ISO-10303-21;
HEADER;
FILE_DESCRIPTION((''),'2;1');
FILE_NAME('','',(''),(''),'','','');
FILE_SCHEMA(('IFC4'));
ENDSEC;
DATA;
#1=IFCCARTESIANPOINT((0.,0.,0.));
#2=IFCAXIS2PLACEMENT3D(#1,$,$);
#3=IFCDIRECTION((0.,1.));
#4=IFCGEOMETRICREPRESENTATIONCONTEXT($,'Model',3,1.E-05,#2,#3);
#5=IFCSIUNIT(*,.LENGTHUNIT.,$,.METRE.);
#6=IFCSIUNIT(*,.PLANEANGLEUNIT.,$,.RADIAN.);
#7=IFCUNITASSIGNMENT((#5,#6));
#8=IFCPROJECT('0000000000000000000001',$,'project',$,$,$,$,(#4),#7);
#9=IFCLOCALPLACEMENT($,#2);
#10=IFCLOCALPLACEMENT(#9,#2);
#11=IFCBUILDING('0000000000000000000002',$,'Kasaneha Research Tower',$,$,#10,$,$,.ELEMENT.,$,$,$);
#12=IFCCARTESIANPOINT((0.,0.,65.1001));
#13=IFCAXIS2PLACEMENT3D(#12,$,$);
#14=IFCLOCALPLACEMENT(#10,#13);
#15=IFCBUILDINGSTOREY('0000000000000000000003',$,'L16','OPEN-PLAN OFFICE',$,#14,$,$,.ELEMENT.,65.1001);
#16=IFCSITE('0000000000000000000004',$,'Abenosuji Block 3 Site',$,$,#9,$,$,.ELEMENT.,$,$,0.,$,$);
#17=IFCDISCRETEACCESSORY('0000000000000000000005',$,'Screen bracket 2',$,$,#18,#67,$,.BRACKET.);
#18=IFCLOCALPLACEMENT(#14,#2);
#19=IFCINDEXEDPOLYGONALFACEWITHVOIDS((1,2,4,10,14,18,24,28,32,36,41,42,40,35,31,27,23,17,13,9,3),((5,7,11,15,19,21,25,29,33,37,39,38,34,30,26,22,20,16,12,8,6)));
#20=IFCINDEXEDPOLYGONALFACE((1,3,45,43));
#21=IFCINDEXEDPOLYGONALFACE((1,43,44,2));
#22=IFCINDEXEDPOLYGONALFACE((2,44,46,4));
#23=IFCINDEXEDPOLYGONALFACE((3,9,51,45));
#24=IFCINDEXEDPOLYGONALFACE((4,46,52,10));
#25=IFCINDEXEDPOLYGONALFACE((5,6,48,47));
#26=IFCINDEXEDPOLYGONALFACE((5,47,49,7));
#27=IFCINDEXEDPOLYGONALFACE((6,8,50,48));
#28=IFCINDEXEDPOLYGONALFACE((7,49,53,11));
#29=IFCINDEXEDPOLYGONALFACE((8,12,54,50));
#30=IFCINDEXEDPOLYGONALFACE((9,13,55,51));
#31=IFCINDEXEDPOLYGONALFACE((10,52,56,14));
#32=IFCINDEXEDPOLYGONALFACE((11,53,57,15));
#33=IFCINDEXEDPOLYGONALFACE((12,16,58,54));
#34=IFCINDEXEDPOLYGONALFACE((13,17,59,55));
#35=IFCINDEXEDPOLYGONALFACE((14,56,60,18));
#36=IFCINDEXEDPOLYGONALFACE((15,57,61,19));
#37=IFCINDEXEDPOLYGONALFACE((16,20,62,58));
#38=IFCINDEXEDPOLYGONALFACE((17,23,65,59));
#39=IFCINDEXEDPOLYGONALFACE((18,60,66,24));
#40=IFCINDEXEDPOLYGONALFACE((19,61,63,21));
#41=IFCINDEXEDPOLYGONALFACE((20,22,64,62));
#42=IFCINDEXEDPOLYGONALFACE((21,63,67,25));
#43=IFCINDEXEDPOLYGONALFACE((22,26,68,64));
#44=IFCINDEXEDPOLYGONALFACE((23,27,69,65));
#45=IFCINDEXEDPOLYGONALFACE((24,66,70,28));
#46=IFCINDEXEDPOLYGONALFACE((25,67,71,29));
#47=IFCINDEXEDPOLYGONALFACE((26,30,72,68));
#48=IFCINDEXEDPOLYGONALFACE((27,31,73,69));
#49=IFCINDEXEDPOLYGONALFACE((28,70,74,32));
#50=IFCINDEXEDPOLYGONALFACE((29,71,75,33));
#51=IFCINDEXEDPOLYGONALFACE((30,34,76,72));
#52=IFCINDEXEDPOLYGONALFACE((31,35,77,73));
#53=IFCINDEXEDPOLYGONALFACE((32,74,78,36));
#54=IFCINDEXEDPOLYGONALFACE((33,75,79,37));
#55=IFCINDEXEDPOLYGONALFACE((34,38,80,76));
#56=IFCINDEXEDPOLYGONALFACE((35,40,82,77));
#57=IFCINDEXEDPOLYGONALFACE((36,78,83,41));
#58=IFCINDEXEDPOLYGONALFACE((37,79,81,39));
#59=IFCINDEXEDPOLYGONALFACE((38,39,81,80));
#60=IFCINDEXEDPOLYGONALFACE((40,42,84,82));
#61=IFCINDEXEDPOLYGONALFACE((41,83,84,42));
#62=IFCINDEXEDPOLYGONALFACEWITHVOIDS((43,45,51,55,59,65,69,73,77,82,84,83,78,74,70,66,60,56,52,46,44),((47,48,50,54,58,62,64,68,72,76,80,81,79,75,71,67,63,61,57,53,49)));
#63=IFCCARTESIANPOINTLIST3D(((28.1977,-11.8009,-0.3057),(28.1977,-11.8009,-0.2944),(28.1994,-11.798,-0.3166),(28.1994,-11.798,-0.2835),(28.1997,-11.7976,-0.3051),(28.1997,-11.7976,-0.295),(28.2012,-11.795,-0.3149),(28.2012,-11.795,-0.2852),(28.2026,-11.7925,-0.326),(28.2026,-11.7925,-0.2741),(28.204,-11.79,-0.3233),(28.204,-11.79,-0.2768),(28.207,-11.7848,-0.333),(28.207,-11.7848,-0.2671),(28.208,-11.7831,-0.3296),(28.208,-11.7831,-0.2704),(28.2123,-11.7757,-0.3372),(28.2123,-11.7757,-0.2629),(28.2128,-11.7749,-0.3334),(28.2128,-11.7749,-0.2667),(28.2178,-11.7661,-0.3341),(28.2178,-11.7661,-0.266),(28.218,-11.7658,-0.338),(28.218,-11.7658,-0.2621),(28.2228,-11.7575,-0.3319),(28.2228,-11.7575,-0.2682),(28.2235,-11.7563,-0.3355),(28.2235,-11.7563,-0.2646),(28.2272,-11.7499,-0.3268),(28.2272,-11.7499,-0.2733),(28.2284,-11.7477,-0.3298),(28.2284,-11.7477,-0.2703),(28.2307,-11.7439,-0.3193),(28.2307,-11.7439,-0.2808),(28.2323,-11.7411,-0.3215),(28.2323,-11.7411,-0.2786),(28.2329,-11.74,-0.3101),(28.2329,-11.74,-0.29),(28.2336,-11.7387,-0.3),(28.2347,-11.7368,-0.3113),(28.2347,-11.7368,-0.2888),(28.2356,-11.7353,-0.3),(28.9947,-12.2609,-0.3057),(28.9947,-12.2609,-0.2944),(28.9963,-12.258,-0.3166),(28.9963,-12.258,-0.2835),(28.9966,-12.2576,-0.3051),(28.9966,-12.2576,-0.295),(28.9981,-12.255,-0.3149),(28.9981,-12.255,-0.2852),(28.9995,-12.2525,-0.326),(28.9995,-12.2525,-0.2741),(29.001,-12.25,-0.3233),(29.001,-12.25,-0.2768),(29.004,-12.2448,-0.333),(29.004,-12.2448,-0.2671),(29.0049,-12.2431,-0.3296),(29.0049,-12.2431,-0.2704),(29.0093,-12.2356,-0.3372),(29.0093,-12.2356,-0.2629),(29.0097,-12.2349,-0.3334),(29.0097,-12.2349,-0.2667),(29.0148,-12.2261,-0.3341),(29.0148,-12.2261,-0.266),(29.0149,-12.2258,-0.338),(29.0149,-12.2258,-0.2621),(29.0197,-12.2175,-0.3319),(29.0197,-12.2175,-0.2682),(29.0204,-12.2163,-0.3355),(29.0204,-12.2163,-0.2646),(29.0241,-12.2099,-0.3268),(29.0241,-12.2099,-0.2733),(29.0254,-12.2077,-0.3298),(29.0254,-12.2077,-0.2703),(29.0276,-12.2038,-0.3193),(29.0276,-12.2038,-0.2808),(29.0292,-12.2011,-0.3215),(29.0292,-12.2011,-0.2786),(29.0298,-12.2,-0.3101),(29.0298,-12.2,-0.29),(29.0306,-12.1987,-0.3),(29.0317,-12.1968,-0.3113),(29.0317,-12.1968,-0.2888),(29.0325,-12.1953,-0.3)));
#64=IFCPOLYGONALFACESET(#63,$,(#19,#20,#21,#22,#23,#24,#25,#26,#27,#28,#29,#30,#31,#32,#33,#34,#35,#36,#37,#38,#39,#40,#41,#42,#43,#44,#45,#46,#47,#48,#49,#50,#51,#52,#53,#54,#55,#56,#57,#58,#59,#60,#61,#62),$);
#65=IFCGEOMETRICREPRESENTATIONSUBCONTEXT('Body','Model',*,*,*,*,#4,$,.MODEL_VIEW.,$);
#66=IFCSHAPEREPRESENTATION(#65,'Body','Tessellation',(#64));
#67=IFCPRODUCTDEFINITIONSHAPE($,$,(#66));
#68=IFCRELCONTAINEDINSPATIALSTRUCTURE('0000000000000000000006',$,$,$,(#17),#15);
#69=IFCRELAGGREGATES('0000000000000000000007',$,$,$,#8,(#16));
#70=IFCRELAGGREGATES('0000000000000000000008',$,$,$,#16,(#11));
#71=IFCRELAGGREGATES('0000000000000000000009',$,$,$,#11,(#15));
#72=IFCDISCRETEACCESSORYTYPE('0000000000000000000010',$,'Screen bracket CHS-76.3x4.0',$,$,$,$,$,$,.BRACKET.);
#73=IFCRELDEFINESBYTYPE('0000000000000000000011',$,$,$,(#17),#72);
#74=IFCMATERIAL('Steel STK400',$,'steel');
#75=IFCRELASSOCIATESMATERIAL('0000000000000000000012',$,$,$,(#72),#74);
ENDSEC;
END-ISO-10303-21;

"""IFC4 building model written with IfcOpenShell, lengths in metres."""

from ifc_helpers import new_model, si_unit, direction, frame, origin, origin_2d, place, context, subcontext, project, spatial, hollow_circle, extrude, material, material_profile, profile_set, type_object, element, save


model = new_model("IFC4")

# Units and contexts
model_context = context("Model", 3, precision=1e-05, world=origin(), true_north=direction((0.0, 1.0)))
body_context = subcontext(model_context, "Body", "Model", "MODEL_VIEW")
ifc_project = project(units=[si_unit("LENGTHUNIT", "METRE"), si_unit("PLANEANGLEUNIT", "RADIAN")], contexts=[model_context])

# Site, building, storey
site_placement = place(None, origin())
site = spatial("IfcSite", under=ifc_project, at=site_placement, Name="Abenosuji Block 3 Site", CompositionType="ELEMENT", RefElevation=0.0)
building_placement = place(site_placement, origin())
building = spatial("IfcBuilding", under=site, at=building_placement, Name="Kasaneha Research Tower", CompositionType="ELEMENT")
storey_placement = place(building_placement, frame((0.0, 0.0, 65.1001)))
storey = spatial("IfcBuildingStorey", under=building, at=storey_placement, Name="L16", Description="OPEN-PLAN OFFICE", CompositionType="ELEMENT", Elevation=65.1001)

# Discrete accessory
ifc_material_1 = material(Name="Steel STK400", Category="steel")
ifc_material_profile_1 = material_profile(ifc_material_1, hollow_circle(Radius=0.0381, WallThickness=0.0039, at=origin_2d()), Name="CHS-76.3x4.0")
ifc_profile_set_1 = profile_set([ifc_material_profile_1], Name="Steel STK400")
discrete_accessory_type = type_object("IfcDiscreteAccessoryType", Name="Screen bracket CHS-76.3x4.0", PredefinedType="BRACKET", material=ifc_profile_set_1)
for number, where, z_axis, x_axis, name in (
    (1, (28.2166, -11.7683, -0.3), (0.86608, -0.499906, 0.0), (0.499906, 0.86608, 0.0), "Screen bracket 2"),
):
    element("IfcDiscreteAccessory", number, at=place(storey_placement, frame(where, z_axis=z_axis, x_axis=x_axis)), inside=storey, type_object=discrete_accessory_type, Name=name, PredefinedType="BRACKET", context=body_context, shape_type="SweptSolid", body=[
        extrude(hollow_circle(Radius=0.0381, WallThickness=0.0039, at=origin_2d()), origin(), (0.0, 0.0, 1.0), 0.9202),
    ])

save(model, "model.ifc")
